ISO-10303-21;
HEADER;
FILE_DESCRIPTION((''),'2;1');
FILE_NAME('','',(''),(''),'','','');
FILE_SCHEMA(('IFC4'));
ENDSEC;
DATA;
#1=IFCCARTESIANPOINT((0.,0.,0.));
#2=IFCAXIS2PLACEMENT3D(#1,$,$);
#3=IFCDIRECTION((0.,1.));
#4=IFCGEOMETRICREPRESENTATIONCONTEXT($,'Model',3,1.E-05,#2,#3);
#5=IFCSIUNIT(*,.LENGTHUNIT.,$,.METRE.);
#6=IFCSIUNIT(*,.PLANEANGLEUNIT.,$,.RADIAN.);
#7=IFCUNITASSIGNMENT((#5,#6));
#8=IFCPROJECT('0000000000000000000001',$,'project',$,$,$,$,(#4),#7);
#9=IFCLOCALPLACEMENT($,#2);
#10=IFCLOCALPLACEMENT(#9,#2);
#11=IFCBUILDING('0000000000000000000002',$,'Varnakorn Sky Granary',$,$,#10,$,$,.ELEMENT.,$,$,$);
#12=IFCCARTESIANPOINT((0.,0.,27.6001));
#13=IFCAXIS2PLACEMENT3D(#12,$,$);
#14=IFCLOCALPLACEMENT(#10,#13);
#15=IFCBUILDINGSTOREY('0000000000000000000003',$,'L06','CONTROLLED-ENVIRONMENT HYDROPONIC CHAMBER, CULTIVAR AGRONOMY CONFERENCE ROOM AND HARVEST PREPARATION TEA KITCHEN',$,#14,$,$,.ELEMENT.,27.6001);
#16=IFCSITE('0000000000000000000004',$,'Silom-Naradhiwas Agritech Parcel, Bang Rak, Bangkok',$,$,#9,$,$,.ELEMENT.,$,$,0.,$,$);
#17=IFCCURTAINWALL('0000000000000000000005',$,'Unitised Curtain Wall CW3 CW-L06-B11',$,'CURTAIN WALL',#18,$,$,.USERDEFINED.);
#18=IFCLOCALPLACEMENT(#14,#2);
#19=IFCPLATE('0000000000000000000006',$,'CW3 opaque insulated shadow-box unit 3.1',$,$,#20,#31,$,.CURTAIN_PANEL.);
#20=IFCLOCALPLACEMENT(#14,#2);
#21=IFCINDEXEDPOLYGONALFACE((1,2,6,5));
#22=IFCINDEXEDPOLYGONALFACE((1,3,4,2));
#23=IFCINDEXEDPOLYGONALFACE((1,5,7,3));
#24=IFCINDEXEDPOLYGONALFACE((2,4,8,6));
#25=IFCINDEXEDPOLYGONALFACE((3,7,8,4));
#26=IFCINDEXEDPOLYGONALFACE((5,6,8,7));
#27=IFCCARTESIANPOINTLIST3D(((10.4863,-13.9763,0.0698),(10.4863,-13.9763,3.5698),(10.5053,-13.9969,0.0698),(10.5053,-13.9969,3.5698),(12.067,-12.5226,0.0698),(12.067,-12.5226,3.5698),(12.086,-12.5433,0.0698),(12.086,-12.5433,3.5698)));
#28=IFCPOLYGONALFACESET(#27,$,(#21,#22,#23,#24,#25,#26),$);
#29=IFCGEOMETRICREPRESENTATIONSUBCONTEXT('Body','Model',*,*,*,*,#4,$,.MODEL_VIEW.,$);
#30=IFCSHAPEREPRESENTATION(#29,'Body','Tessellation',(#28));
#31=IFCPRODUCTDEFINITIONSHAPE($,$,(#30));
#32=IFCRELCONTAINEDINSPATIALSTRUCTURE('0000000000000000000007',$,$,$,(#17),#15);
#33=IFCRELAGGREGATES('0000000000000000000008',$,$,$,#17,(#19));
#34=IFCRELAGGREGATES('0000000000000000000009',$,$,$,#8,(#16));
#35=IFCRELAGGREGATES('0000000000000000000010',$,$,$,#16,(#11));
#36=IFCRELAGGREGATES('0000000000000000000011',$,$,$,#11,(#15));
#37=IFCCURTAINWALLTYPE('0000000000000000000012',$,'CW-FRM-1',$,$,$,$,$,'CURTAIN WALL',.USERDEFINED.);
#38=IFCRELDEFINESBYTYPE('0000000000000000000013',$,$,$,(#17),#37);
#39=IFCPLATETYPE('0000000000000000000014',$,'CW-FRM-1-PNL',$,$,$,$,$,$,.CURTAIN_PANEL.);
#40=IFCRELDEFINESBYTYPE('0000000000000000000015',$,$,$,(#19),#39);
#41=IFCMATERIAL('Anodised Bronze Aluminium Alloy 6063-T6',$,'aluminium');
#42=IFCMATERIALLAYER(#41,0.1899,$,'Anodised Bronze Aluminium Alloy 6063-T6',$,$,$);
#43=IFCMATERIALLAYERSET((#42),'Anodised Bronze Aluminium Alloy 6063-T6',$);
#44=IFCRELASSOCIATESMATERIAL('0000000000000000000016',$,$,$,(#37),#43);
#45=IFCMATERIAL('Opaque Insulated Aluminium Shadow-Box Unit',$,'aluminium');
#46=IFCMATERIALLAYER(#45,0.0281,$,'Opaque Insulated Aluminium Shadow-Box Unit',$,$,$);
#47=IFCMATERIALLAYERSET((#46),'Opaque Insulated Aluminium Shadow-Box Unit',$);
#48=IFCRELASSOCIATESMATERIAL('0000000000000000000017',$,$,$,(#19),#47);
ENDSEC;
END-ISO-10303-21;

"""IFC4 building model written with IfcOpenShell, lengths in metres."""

from ifc_helpers import new_model, si_unit, direction, frame, origin, origin_2d, place, context, subcontext, project, spatial, rectangle, extrude, source, transform, mapped, material, layer, layer_set, type_object, element, aggregate, save


model = new_model("IFC4")

# Units and contexts
model_context = context("Model", 3, precision=1e-05, world=origin(), true_north=direction((0.0, 1.0)))
body_context = subcontext(model_context, "Body", "Model", "MODEL_VIEW")
ifc_project = project(units=[si_unit("LENGTHUNIT", "METRE"), si_unit("PLANEANGLEUNIT", "RADIAN")], contexts=[model_context])

# Site, building, storey
site_placement = place(None, origin())
site = spatial("IfcSite", under=ifc_project, at=site_placement, Name="Silom-Naradhiwas Agritech Parcel, Bang Rak, Bangkok", CompositionType="ELEMENT", RefElevation=0.0)
building_placement = place(site_placement, origin())
building = spatial("IfcBuilding", under=site, at=building_placement, Name="Varnakorn Sky Granary", CompositionType="ELEMENT")
storey_placement = place(building_placement, frame((0.0, 0.0, 27.6001)))
storey = spatial("IfcBuildingStorey", under=building, at=storey_placement, Name="L06", Description="CONTROLLED-ENVIRONMENT HYDROPONIC CHAMBER, CULTIVAR AGRONOMY CONFERENCE ROOM AND HARVEST PREPARATION TEA KITCHEN", CompositionType="ELEMENT", Elevation=27.6001)

# Curtain wall
ifc_material_1 = material(Name="Anodised Bronze Aluminium Alloy 6063-T6", Category="aluminium")
ifc_layer_1 = layer(ifc_material_1, 0.1899, Name="Anodised Bronze Aluminium Alloy 6063-T6")
ifc_layer_set_1 = layer_set([ifc_layer_1], Name="Anodised Bronze Aluminium Alloy 6063-T6")
curtain_wall_type = type_object("IfcCurtainWallType", Name="CW-FRM-1", ElementType="CURTAIN WALL", PredefinedType="USERDEFINED", material=ifc_layer_set_1)
curtain_wall_placement = place(storey_placement, origin())
curtain_wall = element("IfcCurtainWall", 1, at=curtain_wall_placement, inside=storey, type_object=curtain_wall_type, Name="Unitised Curtain Wall CW3 CW-L06-B11", ObjectType="CURTAIN WALL", PredefinedType="USERDEFINED")

# Plate
ifc_material_2 = material(Name="Opaque Insulated Aluminium Shadow-Box Unit", Category="aluminium")
ifc_layer_2 = layer(ifc_material_2, 0.0281, Name="Opaque Insulated Aluminium Shadow-Box Unit")
ifc_layer_set_2 = layer_set([ifc_layer_2], Name="Opaque Insulated Aluminium Shadow-Box Unit")
plate_type_1 = type_object("IfcPlateType", Name="CW-FRM-1-PNL", PredefinedType="CURTAIN_PANEL")
shared_shape_1 = source(origin(), body_context, "Body", "SweptSolid", [
    extrude(rectangle(XDim=2.1475, YDim=0.0281, at=origin_2d()), origin(), (0.0, 0.0, 1.0), 3.5),
])
plate_1_placement = place(storey_placement, frame((11.2861, -13.2598, 0.0698), z_axis=(0.0, 0.0, 1.0), x_axis=(-0.736062, -0.676914, 0.0)))
plate_1 = element("IfcPlate", 2, at=plate_1_placement, type_object=plate_type_1, material=ifc_layer_set_2, Name="CW3 opaque insulated shadow-box unit 3.1", PredefinedType="CURTAIN_PANEL", context=body_context, shape_type="MappedRepresentation", body=[
    mapped(shared_shape_1, transform((0.0, 0.0, 0.0), x_axis=(1.0, 0.0, 0.0), y_axis=(0.0, 1.0, 0.0), z_axis=(0.0, 0.0, 1.0), scale=1.0)),
])
aggregate(curtain_wall, [plate_1])

save(model, "model.ifc")
